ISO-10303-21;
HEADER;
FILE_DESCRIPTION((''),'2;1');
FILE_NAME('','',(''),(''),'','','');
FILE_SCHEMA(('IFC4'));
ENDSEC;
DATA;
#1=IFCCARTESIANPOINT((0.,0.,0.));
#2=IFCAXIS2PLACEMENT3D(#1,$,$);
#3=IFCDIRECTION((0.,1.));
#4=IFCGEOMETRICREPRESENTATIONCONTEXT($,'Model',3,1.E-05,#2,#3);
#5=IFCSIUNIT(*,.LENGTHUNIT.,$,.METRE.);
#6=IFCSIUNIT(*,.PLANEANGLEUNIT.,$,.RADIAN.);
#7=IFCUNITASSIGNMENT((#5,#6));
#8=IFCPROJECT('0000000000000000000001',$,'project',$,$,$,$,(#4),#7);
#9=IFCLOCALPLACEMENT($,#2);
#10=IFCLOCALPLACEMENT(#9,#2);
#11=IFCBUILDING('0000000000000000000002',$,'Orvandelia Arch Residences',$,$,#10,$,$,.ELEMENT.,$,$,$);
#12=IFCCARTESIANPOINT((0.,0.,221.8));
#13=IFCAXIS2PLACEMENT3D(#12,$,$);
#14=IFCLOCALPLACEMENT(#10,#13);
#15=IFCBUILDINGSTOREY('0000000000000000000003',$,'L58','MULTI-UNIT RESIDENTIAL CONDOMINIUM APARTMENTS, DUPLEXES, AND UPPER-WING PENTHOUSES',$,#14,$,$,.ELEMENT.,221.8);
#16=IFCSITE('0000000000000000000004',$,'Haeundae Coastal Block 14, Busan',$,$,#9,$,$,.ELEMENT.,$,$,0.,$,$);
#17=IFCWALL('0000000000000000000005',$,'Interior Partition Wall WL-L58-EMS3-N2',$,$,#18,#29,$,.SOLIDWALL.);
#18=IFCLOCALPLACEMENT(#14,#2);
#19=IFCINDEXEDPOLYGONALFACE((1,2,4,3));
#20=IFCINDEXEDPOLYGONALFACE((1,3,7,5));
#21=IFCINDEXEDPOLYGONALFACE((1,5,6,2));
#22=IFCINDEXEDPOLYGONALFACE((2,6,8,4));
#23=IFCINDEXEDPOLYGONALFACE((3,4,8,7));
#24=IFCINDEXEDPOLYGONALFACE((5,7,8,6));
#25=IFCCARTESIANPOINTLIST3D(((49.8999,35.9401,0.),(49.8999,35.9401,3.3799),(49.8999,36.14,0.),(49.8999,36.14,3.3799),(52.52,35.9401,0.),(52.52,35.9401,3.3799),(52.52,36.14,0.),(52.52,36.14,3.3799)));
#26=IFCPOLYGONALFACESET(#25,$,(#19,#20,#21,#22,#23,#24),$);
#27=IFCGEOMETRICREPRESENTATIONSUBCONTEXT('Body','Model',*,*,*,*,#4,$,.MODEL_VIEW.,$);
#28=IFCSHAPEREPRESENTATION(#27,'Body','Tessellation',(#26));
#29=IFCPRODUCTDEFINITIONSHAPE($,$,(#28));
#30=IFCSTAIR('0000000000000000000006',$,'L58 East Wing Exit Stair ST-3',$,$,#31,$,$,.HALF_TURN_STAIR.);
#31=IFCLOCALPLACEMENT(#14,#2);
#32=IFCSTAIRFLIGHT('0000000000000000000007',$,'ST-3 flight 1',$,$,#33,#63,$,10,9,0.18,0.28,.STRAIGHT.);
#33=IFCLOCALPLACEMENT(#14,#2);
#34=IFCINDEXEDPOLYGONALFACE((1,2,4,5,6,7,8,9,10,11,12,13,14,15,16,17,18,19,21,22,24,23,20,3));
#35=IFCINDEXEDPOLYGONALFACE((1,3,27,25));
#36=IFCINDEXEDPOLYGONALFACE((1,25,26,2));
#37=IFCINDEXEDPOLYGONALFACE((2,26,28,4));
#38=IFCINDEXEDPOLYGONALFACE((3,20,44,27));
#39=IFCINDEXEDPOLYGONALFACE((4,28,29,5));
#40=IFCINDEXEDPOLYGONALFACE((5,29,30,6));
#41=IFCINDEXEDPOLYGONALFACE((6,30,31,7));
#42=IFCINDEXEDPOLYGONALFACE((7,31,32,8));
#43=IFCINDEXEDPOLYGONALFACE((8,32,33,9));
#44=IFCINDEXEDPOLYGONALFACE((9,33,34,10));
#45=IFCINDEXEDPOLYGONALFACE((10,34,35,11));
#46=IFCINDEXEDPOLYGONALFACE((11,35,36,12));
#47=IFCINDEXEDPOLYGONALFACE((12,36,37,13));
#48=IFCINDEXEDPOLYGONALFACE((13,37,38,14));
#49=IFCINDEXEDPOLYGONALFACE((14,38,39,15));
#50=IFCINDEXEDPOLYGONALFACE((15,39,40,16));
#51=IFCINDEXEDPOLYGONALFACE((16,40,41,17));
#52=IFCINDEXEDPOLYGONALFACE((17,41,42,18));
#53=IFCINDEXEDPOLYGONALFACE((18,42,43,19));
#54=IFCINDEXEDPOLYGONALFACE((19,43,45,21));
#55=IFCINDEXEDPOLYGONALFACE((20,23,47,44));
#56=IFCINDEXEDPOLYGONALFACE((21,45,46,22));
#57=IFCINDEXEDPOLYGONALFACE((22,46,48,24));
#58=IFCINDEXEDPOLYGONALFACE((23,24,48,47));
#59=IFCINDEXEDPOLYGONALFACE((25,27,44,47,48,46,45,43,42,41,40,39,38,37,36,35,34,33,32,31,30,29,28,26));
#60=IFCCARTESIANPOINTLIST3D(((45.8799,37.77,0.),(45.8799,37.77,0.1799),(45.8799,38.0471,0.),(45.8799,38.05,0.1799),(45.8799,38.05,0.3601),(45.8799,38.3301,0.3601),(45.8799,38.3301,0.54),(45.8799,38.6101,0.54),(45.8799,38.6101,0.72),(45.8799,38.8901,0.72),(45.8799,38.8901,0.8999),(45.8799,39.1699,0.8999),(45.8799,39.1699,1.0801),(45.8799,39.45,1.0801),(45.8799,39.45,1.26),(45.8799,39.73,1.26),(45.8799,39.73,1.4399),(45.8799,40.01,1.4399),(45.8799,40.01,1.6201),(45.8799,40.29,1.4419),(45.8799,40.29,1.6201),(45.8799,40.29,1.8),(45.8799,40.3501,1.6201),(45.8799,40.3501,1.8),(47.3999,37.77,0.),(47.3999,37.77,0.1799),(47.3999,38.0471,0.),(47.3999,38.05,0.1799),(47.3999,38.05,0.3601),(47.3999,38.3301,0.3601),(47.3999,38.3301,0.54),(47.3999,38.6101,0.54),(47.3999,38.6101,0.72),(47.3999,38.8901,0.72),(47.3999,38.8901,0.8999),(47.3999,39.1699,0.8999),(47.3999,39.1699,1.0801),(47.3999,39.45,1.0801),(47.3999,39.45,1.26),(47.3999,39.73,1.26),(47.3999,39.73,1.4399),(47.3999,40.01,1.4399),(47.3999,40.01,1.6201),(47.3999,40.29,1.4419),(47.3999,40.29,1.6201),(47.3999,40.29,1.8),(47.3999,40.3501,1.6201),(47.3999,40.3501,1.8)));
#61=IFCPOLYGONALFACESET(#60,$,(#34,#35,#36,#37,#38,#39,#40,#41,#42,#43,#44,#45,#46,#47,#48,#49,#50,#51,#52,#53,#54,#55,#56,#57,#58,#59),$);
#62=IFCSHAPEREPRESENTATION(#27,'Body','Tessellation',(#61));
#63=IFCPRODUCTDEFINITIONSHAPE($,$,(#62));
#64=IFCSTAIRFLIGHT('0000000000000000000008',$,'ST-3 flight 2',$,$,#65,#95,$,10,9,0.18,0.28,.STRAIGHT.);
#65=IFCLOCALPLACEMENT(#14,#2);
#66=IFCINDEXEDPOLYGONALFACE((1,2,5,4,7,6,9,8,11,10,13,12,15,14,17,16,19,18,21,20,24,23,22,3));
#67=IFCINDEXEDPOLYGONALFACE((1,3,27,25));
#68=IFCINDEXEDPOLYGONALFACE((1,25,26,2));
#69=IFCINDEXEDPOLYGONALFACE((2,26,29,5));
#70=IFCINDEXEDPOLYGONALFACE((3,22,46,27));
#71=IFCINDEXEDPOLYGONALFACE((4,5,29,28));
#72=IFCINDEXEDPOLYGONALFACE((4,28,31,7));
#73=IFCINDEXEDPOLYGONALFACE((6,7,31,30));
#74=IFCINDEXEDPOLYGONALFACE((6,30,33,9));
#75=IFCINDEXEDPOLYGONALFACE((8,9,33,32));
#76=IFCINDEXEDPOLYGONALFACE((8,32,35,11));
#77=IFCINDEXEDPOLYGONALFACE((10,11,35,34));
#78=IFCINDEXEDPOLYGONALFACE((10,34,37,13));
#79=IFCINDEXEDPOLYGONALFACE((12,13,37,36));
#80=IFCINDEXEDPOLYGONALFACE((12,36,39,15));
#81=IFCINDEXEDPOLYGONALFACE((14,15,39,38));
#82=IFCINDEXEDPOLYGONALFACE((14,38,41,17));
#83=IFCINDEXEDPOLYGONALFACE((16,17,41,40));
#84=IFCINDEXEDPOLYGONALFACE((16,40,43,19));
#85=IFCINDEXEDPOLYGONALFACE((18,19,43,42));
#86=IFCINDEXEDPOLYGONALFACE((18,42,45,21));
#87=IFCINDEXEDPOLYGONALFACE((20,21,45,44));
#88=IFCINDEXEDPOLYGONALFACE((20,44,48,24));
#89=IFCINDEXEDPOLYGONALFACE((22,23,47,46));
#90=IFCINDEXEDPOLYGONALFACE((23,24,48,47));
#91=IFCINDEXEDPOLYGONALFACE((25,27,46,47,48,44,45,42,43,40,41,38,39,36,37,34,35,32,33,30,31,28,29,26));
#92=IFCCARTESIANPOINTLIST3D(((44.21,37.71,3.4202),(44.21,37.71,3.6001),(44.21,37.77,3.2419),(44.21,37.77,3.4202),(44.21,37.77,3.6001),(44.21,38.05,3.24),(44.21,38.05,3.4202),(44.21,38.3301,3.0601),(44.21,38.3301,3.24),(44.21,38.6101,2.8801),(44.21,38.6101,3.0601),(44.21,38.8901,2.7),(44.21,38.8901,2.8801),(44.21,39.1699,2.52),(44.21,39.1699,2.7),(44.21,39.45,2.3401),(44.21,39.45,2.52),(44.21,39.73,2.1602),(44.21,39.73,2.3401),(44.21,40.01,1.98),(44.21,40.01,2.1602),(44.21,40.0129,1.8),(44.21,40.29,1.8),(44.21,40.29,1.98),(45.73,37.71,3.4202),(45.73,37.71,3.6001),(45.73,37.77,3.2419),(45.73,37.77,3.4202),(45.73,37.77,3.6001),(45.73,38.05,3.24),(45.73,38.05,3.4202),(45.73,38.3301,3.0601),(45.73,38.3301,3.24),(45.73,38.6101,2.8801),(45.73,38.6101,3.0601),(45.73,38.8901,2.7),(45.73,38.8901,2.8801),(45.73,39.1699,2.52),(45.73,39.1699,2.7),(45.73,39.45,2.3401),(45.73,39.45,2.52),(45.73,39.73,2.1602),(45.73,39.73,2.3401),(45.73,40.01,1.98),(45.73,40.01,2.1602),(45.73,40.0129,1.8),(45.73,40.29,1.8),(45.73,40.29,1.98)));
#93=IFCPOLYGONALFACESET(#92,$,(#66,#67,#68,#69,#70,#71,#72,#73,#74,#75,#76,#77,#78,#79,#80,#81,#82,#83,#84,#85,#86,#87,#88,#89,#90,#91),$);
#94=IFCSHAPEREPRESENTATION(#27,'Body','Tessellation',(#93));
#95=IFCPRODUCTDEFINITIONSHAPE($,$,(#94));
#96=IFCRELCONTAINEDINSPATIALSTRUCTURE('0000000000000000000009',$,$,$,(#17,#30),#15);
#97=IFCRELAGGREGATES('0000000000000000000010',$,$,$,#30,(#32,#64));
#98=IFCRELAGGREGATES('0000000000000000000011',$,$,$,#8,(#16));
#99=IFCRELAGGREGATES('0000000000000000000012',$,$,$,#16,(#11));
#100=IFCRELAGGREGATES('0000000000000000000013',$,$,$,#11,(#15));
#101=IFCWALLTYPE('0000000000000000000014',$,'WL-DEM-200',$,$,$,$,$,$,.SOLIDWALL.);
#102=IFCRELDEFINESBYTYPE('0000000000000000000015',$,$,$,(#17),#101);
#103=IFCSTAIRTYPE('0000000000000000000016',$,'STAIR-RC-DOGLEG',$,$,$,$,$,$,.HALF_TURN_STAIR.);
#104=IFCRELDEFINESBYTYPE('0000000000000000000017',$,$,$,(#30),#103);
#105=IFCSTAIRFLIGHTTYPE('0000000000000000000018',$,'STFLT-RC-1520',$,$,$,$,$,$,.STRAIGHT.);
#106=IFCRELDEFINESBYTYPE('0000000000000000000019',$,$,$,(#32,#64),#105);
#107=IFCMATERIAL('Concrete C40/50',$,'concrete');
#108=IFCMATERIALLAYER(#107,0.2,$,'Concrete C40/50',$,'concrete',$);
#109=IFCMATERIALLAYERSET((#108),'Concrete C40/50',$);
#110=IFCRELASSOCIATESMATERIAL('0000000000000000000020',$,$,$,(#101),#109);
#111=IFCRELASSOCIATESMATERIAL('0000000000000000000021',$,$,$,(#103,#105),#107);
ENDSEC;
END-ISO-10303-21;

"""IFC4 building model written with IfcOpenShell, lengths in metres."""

from ifc_helpers import new_model, si_unit, direction, frame, frame_2d, origin, place, context, subcontext, project, spatial, polyline, rectangle, outline, extrude, material, layer, layer_set, type_object, element, aggregate, save


model = new_model("IFC4")

# Units and contexts
model_context = context("Model", 3, precision=1e-05, world=origin(), true_north=direction((0.0, 1.0)))
body_context = subcontext(model_context, "Body", "Model", "MODEL_VIEW")
ifc_project = project(units=[si_unit("LENGTHUNIT", "METRE"), si_unit("PLANEANGLEUNIT", "RADIAN")], contexts=[model_context])

# Site, building, storey
site_placement = place(None, origin())
site = spatial("IfcSite", under=ifc_project, at=site_placement, Name="Haeundae Coastal Block 14, Busan", CompositionType="ELEMENT", RefElevation=0.0)
building_placement = place(site_placement, origin())
building = spatial("IfcBuilding", under=site, at=building_placement, Name="Orvandelia Arch Residences", CompositionType="ELEMENT")
storey_placement = place(building_placement, frame((0.0, 0.0, 221.8)))
storey = spatial("IfcBuildingStorey", under=building, at=storey_placement, Name="L58", Description="MULTI-UNIT RESIDENTIAL CONDOMINIUM APARTMENTS, DUPLEXES, AND UPPER-WING PENTHOUSES", CompositionType="ELEMENT", Elevation=221.8)

# Wall
ifc_material_1 = material(Name="Concrete C40/50", Category="concrete")
ifc_layer_1 = layer(ifc_material_1, 0.2, Name="Concrete C40/50", Category="concrete")
ifc_layer_set_1 = layer_set([ifc_layer_1], Name="Concrete C40/50")
wall_type_1 = type_object("IfcWallType", Name="WL-DEM-200", PredefinedType="SOLIDWALL", material=ifc_layer_set_1)
wall_1_placement = place(storey_placement, frame((49.8999, 36.04, 0.0), z_axis=(0.0, 0.0, 1.0), x_axis=(1.0, 0.0, 0.0)))
element("IfcWall", 1, at=wall_1_placement, inside=storey, type_object=wall_type_1, Name="Interior Partition Wall WL-L58-EMS3-N2", PredefinedType="SOLIDWALL", context=body_context, shape_type="SweptSolid", body=[
    extrude(rectangle(XDim=2.6201, YDim=0.2, at=frame_2d((1.3101, 0.0))), origin(), (0.0, 0.0, 1.0), 3.3799),
])

# Stair, stair flights
stair_type = type_object("IfcStairType", Name="STAIR-RC-DOGLEG", PredefinedType="HALF_TURN_STAIR", material=ifc_material_1)
stair_placement = place(storey_placement, origin())
stair = element("IfcStair", 2, at=stair_placement, inside=storey, type_object=stair_type, Name="L58 East Wing Exit Stair ST-3", PredefinedType="HALF_TURN_STAIR")
stair_flight_type = type_object("IfcStairFlightType", Name="STFLT-RC-1520", PredefinedType="STRAIGHT", material=ifc_material_1)
stair_flight_1_placement = place(storey_placement, frame((46.6399, 37.77, 0.0), z_axis=(0.0, 0.0, 1.0), x_axis=(0.0, 1.0, 0.0)))
stair_flight_1 = element("IfcStairFlight", 3, at=stair_flight_1_placement, type_object=stair_flight_type, Name="ST-3 flight 1", NumberOfRisers=10, NumberOfTreads=9, PredefinedType="STRAIGHT", RiserHeight=0.18, TreadLength=0.28, context=body_context, shape_type="SweptSolid", body=[
    extrude(outline(polyline([(0.0, 0.0), (0.0, 0.1799), (0.28, 0.1799), (0.28, 0.3601), (0.5601, 0.3601), (0.5601, 0.54), (0.8401, 0.54), (0.8401, 0.72), (1.1201, 0.72), (1.1201, 0.8999), (1.3999, 0.8999), (1.3999, 1.0801), (1.6799, 1.0801), (1.6799, 1.26), (1.96, 1.26), (1.96, 1.4399), (2.24, 1.4399), (2.24, 1.6201), (2.52, 1.6201), (2.52, 1.8), (2.5801, 1.8), (2.5801, 1.6201), (2.52, 1.4419), (0.2771, 0.0), (0.0, 0.0)])), frame((0.0, 0.76, 0.0), z_axis=(0.0, -1.0, 0.0), x_axis=(1.0, 0.0, 0.0)), (0.0, 0.0, 1.0), 1.52),
])
stair_flight_2_placement = place(storey_placement, frame((44.97, 40.29, 1.8), z_axis=(0.0, 0.0, 1.0), x_axis=(0.0, -1.0, 0.0)))
stair_flight_2 = element("IfcStairFlight", 4, at=stair_flight_2_placement, type_object=stair_flight_type, Name="ST-3 flight 2", NumberOfRisers=10, NumberOfTreads=9, PredefinedType="STRAIGHT", RiserHeight=0.18, TreadLength=0.28, context=body_context, shape_type="SweptSolid", body=[
    extrude(outline(polyline([(0.0, 0.0), (0.0, 0.1799), (0.28, 0.1799), (0.28, 0.3601), (0.5601, 0.3601), (0.5601, 0.54), (0.8401, 0.54), (0.8401, 0.72), (1.1201, 0.72), (1.1201, 0.8999), (1.3999, 0.8999), (1.3999, 1.0801), (1.6799, 1.0801), (1.6799, 1.26), (1.96, 1.26), (1.96, 1.4399), (2.24, 1.4399), (2.24, 1.6201), (2.52, 1.6201), (2.52, 1.8), (2.5801, 1.8), (2.5801, 1.6201), (2.52, 1.4419), (0.2771, 0.0), (0.0, 0.0)])), frame((0.0, 0.76, 0.0), z_axis=(0.0, -1.0, 0.0), x_axis=(1.0, 0.0, 0.0)), (0.0, 0.0, 1.0), 1.52),
])
aggregate(stair, [stair_flight_1, stair_flight_2])

save(model, "model.ifc")
